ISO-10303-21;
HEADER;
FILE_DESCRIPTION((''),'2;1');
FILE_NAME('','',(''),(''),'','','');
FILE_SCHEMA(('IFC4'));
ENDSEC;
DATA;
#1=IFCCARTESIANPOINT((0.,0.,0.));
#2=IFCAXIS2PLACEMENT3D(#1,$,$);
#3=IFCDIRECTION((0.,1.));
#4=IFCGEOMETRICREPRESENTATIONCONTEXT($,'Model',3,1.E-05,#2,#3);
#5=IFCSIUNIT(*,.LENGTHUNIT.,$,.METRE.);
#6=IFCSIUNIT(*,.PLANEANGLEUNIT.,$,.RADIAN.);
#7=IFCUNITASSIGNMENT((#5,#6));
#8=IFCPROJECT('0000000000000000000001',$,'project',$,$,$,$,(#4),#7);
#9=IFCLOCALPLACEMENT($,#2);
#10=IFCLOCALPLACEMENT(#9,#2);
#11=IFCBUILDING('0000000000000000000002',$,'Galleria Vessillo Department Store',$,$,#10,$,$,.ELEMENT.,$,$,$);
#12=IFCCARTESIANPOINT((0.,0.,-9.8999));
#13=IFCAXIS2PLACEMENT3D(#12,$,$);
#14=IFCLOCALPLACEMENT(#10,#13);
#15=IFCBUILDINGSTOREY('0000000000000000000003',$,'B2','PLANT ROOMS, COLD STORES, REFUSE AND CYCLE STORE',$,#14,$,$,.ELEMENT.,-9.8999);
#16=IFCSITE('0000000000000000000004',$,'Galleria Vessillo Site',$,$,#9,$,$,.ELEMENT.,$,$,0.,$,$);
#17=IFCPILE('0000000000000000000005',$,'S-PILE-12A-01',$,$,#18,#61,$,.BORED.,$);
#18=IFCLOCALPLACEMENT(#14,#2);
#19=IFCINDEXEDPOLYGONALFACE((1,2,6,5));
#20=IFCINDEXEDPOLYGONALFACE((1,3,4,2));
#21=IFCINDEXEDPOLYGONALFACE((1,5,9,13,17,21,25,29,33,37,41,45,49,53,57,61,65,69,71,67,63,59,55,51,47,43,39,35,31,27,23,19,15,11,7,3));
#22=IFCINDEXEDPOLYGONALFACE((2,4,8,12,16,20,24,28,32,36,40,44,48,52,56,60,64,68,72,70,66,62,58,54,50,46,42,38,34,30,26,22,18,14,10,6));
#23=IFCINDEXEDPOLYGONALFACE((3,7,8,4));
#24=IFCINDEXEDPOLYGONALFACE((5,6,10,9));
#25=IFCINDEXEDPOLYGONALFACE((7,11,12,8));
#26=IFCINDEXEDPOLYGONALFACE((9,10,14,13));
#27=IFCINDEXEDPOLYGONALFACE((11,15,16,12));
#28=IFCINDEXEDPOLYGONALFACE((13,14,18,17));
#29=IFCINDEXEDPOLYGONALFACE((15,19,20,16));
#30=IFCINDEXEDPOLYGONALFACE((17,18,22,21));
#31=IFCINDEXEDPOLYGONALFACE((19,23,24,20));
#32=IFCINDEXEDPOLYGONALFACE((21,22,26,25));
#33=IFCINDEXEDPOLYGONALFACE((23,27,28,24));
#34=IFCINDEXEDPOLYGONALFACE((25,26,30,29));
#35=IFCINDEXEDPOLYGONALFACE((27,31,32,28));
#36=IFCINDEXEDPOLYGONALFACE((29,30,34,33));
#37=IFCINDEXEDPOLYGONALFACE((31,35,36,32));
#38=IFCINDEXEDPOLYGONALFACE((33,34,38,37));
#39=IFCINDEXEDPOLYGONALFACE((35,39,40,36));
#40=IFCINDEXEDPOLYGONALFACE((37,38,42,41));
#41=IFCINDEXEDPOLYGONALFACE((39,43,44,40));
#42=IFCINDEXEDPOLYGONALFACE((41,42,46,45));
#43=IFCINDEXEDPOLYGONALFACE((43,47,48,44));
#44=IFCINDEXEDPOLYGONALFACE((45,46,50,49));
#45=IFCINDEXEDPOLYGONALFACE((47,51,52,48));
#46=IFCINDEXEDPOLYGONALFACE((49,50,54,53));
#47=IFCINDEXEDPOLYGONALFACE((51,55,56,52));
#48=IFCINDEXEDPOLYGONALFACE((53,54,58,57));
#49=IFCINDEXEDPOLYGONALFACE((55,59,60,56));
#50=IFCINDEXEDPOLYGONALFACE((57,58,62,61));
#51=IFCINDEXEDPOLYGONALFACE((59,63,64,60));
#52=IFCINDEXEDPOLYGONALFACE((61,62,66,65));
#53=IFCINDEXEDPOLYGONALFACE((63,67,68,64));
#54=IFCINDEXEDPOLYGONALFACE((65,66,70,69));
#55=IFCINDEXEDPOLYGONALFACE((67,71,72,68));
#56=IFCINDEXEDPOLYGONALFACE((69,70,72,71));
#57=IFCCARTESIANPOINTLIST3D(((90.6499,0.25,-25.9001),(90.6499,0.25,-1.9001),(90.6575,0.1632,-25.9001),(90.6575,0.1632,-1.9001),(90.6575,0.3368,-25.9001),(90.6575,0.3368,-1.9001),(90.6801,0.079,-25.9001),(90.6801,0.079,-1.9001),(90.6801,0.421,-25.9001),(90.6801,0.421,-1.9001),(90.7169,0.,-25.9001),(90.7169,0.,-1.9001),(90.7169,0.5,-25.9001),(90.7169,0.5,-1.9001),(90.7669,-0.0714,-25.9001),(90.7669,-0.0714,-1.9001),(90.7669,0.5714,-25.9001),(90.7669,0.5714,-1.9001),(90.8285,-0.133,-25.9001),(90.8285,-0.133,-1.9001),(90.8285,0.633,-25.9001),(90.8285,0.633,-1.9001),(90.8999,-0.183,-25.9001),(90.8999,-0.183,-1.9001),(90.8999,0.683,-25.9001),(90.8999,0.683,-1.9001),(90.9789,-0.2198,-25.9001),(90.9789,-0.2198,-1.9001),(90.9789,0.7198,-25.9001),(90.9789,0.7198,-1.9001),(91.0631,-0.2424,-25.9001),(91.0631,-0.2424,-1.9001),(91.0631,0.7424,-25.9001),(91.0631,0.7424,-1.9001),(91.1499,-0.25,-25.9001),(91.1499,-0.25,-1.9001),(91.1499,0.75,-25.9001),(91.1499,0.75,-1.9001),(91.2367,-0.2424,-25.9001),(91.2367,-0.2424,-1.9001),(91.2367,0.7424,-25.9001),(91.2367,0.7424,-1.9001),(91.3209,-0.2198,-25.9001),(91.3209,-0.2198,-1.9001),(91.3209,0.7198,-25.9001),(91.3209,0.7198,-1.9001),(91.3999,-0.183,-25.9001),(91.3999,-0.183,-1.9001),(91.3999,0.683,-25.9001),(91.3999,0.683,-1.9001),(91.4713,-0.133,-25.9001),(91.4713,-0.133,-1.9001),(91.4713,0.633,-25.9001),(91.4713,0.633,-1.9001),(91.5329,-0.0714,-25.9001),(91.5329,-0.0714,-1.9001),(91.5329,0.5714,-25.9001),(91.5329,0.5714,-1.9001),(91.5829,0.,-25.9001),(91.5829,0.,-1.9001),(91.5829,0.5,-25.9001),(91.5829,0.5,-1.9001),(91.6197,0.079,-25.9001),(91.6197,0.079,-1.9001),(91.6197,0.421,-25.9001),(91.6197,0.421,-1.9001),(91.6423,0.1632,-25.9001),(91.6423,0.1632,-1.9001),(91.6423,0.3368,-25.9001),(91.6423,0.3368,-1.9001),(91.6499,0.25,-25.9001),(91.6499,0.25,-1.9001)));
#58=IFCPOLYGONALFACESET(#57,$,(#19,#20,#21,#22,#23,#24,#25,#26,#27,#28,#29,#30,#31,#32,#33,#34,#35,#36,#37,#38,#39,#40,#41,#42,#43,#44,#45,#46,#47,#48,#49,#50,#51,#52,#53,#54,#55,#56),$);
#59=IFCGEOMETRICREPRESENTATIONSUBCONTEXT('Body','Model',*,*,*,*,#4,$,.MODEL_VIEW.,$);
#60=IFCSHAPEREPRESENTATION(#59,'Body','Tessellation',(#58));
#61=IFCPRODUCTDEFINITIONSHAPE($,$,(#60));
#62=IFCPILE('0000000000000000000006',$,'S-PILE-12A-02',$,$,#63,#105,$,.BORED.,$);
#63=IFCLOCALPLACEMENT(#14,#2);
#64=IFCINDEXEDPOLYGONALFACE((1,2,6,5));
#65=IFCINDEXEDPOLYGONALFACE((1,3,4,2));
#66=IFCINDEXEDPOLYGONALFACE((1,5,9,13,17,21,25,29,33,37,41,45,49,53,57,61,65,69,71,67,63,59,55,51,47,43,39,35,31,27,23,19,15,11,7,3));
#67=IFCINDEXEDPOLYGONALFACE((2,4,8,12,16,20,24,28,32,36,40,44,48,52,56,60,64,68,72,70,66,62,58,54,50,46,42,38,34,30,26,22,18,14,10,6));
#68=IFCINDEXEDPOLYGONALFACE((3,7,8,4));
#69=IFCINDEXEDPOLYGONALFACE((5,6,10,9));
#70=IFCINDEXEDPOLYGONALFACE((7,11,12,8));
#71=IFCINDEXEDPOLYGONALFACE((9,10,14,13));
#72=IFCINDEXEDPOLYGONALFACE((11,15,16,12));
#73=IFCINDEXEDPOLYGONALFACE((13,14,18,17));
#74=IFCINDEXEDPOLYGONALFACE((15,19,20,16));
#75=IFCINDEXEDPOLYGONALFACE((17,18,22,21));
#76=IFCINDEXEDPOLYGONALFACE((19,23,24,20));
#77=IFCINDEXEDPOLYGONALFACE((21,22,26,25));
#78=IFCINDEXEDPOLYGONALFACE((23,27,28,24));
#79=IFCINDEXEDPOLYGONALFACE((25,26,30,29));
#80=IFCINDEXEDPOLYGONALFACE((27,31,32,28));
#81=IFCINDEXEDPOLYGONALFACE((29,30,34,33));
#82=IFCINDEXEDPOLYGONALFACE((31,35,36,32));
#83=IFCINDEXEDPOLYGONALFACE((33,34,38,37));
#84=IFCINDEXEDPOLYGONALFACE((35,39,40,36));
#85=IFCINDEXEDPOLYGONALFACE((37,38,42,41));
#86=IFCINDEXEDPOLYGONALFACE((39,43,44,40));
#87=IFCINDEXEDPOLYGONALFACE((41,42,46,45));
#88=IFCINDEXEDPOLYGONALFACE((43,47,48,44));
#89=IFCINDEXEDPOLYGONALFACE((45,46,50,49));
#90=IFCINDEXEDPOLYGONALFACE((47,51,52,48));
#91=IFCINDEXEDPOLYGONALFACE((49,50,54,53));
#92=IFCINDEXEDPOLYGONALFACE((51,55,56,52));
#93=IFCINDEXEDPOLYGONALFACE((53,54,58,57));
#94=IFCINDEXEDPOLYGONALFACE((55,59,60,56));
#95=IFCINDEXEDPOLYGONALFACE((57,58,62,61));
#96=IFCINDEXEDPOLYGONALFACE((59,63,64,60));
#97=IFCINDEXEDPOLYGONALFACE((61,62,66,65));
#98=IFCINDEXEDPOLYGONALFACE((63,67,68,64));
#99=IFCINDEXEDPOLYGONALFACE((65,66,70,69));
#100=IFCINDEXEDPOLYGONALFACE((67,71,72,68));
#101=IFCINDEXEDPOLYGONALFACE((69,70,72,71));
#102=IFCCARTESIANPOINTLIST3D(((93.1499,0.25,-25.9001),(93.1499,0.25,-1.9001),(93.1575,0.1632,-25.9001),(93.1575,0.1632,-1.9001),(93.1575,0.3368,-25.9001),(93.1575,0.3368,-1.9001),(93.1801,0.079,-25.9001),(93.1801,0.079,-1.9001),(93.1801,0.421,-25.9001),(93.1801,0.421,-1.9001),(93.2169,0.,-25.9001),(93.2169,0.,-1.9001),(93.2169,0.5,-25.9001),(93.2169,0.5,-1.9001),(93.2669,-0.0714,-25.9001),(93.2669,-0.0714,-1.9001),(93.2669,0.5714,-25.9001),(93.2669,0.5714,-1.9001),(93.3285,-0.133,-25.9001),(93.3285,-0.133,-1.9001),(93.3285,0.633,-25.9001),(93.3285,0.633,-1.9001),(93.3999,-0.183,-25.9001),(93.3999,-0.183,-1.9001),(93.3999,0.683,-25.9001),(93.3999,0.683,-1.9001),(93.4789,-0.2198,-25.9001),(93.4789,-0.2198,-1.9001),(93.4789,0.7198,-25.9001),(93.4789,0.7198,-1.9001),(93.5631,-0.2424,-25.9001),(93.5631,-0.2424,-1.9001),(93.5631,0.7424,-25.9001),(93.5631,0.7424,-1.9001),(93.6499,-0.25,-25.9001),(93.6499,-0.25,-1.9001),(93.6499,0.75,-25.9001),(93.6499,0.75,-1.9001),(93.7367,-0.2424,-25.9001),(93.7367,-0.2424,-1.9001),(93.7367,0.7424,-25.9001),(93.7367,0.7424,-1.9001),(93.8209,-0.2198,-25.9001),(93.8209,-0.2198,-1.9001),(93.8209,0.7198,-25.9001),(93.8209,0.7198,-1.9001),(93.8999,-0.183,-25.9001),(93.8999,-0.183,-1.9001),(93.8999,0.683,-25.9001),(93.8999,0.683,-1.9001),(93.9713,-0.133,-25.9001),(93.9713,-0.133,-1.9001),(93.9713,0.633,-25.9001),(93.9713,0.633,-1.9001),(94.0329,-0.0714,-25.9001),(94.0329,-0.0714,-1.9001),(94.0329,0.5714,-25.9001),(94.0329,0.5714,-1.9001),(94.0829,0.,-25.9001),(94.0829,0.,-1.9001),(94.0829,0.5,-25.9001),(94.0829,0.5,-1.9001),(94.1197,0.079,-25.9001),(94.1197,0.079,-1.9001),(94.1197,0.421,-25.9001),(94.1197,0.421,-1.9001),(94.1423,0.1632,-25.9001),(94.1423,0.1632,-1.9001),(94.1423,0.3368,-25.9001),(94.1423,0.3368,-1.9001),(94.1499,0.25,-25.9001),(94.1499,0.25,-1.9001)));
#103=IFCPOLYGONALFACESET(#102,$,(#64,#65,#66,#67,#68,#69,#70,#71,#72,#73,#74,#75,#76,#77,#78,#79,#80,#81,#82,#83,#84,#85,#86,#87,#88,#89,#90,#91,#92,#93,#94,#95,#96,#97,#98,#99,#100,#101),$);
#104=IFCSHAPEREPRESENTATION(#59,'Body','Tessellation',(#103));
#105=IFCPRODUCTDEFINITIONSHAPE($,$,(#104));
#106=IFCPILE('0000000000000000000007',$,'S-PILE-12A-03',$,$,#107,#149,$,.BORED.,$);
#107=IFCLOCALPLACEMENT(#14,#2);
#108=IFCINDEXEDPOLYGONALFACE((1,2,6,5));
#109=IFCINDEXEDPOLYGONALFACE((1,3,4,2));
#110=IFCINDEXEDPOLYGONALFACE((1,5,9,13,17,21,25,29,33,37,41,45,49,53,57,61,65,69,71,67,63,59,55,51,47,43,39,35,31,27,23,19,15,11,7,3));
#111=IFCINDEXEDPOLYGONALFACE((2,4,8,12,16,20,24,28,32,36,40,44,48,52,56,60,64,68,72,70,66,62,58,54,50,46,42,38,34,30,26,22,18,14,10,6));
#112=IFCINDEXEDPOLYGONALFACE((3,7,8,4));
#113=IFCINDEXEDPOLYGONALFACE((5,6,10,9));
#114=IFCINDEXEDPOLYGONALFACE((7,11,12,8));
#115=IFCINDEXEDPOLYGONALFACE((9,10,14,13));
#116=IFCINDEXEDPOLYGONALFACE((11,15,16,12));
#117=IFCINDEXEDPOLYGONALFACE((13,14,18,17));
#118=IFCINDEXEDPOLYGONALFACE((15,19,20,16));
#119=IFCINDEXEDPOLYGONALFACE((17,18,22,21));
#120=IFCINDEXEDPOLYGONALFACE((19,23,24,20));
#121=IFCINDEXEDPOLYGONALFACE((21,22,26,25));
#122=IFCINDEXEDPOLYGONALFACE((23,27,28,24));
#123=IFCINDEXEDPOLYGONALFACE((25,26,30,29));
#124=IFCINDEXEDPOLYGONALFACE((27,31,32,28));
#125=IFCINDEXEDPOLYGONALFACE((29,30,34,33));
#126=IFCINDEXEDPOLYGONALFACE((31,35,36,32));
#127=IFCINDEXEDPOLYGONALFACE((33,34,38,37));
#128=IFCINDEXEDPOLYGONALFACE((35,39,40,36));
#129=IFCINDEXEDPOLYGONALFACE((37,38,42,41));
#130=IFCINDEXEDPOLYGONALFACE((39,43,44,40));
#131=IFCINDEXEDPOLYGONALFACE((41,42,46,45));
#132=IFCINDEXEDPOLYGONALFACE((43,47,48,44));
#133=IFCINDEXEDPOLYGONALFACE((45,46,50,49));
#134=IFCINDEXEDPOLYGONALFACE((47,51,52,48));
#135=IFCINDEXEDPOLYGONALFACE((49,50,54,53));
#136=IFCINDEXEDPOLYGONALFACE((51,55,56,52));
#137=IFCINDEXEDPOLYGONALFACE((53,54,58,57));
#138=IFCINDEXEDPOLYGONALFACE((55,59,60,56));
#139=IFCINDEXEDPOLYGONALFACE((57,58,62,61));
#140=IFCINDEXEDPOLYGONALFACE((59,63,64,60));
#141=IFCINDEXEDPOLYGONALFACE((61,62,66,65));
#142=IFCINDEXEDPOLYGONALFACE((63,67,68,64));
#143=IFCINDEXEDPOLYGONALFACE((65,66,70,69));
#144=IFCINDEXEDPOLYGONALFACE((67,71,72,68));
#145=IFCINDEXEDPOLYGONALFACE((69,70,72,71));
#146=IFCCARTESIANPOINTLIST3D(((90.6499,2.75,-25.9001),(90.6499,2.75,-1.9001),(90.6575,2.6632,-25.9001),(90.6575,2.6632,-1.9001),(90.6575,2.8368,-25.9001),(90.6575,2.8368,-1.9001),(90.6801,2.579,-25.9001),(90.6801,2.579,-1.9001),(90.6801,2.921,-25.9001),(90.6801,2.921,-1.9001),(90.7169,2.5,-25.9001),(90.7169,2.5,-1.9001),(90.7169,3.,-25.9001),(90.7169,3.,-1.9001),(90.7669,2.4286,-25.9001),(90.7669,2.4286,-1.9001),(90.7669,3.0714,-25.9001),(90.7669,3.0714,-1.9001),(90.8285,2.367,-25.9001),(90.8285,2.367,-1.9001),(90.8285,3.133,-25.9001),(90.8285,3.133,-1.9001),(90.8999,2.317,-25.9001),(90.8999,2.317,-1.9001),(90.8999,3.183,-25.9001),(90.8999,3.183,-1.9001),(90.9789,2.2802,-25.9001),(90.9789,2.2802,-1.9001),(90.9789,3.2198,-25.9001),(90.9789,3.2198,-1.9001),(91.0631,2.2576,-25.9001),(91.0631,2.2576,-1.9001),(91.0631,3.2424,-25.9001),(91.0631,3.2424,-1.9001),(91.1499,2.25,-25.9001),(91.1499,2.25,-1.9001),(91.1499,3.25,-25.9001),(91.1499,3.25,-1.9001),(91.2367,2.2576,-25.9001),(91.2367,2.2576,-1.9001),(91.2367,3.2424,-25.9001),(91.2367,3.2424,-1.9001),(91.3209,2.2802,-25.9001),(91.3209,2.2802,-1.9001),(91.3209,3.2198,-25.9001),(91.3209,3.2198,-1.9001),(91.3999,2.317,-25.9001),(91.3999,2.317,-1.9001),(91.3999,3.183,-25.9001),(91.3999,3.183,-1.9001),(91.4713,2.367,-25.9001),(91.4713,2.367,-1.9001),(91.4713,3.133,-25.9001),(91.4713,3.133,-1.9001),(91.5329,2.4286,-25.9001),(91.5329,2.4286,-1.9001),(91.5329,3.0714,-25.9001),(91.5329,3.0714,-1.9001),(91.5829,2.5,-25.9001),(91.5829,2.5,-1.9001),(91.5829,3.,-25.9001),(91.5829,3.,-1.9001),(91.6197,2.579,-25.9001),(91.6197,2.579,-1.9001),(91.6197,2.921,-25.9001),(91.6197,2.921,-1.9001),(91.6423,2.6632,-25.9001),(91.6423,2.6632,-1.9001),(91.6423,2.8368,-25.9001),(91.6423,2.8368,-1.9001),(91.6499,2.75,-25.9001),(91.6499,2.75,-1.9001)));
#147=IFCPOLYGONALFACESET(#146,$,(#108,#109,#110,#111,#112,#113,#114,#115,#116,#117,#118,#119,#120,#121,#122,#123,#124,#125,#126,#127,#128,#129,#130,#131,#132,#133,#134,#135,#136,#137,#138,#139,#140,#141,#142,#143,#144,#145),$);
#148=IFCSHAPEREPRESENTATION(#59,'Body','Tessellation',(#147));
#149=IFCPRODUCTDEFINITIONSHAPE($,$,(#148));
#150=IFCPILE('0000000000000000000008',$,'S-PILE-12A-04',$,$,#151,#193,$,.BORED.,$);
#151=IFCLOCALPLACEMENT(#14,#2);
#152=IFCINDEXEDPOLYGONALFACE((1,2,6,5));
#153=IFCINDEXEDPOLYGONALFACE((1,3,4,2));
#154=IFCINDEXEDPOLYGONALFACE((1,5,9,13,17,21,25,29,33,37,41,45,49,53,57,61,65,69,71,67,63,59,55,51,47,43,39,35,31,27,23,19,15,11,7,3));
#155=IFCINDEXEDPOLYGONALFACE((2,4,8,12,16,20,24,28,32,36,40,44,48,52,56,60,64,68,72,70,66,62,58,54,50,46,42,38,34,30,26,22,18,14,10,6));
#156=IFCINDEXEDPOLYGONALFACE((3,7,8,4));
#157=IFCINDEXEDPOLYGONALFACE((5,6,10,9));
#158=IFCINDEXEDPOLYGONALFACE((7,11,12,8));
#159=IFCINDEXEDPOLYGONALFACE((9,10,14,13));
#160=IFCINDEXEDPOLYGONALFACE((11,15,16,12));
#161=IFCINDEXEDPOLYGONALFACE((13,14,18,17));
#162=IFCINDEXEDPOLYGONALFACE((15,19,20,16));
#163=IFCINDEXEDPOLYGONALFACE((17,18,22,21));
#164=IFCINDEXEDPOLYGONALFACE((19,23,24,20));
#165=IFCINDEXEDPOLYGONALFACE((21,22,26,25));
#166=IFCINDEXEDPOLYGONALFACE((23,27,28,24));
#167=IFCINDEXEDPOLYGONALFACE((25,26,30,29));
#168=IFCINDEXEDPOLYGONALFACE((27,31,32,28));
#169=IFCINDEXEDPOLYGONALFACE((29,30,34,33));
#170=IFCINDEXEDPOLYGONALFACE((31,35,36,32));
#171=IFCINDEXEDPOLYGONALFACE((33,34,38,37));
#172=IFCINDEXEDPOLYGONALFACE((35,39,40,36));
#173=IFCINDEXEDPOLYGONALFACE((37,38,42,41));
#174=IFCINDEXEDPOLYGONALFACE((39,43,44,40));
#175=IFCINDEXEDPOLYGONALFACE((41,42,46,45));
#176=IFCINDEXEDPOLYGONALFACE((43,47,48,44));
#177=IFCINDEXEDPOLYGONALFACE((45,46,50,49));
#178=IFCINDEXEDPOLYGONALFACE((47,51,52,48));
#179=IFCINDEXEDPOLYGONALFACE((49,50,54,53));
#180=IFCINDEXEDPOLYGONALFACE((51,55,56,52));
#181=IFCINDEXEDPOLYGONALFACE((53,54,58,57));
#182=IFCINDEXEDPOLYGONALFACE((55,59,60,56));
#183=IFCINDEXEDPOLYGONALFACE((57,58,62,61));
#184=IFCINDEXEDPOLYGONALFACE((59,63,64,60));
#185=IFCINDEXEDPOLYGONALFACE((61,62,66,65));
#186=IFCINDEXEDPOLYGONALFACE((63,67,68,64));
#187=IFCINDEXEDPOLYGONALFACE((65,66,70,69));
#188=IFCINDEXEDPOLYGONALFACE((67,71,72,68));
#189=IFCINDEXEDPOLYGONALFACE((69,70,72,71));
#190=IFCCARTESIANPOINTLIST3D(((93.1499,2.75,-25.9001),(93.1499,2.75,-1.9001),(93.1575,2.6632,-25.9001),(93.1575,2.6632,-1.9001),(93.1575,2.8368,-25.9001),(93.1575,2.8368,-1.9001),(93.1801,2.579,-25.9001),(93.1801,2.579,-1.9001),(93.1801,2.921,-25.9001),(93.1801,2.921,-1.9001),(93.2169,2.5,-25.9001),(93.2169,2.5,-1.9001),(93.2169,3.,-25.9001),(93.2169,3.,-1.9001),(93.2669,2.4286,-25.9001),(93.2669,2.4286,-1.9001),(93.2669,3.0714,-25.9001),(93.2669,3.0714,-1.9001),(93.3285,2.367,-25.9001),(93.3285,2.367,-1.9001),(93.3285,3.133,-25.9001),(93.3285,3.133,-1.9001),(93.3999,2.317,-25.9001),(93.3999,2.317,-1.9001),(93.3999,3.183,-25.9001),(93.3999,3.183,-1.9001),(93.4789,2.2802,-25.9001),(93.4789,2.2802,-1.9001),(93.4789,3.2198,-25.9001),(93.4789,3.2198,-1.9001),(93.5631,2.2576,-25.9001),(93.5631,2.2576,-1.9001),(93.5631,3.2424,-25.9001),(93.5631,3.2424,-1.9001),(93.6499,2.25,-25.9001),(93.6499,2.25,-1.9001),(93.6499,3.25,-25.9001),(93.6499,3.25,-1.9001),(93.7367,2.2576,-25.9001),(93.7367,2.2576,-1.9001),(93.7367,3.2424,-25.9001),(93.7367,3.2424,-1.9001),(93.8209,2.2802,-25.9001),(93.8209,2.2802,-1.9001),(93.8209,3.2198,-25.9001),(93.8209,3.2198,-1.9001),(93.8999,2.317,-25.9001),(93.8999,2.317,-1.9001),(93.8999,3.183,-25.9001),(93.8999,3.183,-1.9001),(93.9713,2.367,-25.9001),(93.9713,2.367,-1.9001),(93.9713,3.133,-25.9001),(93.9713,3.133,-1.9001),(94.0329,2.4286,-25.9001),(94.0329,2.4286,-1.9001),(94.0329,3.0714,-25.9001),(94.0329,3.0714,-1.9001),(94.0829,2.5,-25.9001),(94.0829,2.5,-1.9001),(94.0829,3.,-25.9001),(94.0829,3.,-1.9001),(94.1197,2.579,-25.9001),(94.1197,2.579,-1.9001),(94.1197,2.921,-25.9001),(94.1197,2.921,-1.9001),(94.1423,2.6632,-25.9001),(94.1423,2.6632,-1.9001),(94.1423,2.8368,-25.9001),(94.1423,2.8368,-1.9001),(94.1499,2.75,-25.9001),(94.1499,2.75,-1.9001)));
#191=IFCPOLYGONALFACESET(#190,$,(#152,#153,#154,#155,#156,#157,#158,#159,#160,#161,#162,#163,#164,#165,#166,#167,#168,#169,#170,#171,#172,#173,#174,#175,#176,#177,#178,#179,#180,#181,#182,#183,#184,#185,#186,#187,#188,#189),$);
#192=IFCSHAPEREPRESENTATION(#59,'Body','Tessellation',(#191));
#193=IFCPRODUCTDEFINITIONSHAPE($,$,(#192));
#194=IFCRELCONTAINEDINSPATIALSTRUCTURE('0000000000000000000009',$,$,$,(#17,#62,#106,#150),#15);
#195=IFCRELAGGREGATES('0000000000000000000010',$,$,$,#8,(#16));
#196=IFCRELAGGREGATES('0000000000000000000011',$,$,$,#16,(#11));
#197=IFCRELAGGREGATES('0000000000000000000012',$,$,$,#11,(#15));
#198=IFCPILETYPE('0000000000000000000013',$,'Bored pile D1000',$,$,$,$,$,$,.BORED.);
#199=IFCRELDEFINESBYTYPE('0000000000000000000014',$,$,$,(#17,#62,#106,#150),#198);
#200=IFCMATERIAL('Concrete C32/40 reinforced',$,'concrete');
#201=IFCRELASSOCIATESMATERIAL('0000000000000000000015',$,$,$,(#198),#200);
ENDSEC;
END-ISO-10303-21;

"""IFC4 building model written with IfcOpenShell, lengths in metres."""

from ifc_helpers import new_model, si_unit, direction, frame, origin, origin_2d, place, context, subcontext, project, spatial, circle, extrude, material, material_profile, profile_set, type_object, element, save


model = new_model("IFC4")

# Units and contexts
model_context = context("Model", 3, precision=1e-05, world=origin(), true_north=direction((0.0, 1.0)))
body_context = subcontext(model_context, "Body", "Model", "MODEL_VIEW")
ifc_project = project(units=[si_unit("LENGTHUNIT", "METRE"), si_unit("PLANEANGLEUNIT", "RADIAN")], contexts=[model_context])

# Site, building, storey
site_placement = place(None, origin())
site = spatial("IfcSite", under=ifc_project, at=site_placement, Name="Galleria Vessillo Site", CompositionType="ELEMENT", RefElevation=0.0)
building_placement = place(site_placement, origin())
building = spatial("IfcBuilding", under=site, at=building_placement, Name="Galleria Vessillo Department Store", CompositionType="ELEMENT")
storey_placement = place(building_placement, frame((0.0, 0.0, -9.8999)))
storey = spatial("IfcBuildingStorey", under=building, at=storey_placement, Name="B2", Description="PLANT ROOMS, COLD STORES, REFUSE AND CYCLE STORE", CompositionType="ELEMENT", Elevation=-9.8999)

# Piles
ifc_material_1 = material(Name="Concrete C32/40 reinforced", Category="concrete")
ifc_material_profile_1 = material_profile(ifc_material_1, circle(Radius=0.5, at=origin_2d()), Name="Bored pile D1000")
ifc_profile_set_1 = profile_set([ifc_material_profile_1], Name="Concrete C32/40 reinforced")
pile_type = type_object("IfcPileType", Name="Bored pile D1000", PredefinedType="BORED", material=ifc_profile_set_1)
for number, where, z_axis, x_axis, name in (
    (1, (91.1499, 0.25, -1.9001), (0.0, 0.0, -1.0), (1.0, 0.0, 0.0), "S-PILE-12A-01"),
    (2, (93.6499, 0.25, -1.9001), (0.0, 0.0, -1.0), (1.0, 0.0, 0.0), "S-PILE-12A-02"),
    (3, (91.1499, 2.75, -1.9001), (0.0, 0.0, -1.0), (1.0, 0.0, 0.0), "S-PILE-12A-03"),
    (4, (93.6499, 2.75, -1.9001), (0.0, 0.0, -1.0), (1.0, 0.0, 0.0), "S-PILE-12A-04"),
):
    element("IfcPile", number, at=place(storey_placement, frame(where, z_axis=z_axis, x_axis=x_axis)), inside=storey, type_object=pile_type, Name=name, PredefinedType="BORED", context=body_context, shape_type="SweptSolid", body=[
        extrude(circle(Radius=0.5, at=origin_2d()), origin(), (0.0, 0.0, 1.0), 24.0),
    ])

save(model, "model.ifc")
